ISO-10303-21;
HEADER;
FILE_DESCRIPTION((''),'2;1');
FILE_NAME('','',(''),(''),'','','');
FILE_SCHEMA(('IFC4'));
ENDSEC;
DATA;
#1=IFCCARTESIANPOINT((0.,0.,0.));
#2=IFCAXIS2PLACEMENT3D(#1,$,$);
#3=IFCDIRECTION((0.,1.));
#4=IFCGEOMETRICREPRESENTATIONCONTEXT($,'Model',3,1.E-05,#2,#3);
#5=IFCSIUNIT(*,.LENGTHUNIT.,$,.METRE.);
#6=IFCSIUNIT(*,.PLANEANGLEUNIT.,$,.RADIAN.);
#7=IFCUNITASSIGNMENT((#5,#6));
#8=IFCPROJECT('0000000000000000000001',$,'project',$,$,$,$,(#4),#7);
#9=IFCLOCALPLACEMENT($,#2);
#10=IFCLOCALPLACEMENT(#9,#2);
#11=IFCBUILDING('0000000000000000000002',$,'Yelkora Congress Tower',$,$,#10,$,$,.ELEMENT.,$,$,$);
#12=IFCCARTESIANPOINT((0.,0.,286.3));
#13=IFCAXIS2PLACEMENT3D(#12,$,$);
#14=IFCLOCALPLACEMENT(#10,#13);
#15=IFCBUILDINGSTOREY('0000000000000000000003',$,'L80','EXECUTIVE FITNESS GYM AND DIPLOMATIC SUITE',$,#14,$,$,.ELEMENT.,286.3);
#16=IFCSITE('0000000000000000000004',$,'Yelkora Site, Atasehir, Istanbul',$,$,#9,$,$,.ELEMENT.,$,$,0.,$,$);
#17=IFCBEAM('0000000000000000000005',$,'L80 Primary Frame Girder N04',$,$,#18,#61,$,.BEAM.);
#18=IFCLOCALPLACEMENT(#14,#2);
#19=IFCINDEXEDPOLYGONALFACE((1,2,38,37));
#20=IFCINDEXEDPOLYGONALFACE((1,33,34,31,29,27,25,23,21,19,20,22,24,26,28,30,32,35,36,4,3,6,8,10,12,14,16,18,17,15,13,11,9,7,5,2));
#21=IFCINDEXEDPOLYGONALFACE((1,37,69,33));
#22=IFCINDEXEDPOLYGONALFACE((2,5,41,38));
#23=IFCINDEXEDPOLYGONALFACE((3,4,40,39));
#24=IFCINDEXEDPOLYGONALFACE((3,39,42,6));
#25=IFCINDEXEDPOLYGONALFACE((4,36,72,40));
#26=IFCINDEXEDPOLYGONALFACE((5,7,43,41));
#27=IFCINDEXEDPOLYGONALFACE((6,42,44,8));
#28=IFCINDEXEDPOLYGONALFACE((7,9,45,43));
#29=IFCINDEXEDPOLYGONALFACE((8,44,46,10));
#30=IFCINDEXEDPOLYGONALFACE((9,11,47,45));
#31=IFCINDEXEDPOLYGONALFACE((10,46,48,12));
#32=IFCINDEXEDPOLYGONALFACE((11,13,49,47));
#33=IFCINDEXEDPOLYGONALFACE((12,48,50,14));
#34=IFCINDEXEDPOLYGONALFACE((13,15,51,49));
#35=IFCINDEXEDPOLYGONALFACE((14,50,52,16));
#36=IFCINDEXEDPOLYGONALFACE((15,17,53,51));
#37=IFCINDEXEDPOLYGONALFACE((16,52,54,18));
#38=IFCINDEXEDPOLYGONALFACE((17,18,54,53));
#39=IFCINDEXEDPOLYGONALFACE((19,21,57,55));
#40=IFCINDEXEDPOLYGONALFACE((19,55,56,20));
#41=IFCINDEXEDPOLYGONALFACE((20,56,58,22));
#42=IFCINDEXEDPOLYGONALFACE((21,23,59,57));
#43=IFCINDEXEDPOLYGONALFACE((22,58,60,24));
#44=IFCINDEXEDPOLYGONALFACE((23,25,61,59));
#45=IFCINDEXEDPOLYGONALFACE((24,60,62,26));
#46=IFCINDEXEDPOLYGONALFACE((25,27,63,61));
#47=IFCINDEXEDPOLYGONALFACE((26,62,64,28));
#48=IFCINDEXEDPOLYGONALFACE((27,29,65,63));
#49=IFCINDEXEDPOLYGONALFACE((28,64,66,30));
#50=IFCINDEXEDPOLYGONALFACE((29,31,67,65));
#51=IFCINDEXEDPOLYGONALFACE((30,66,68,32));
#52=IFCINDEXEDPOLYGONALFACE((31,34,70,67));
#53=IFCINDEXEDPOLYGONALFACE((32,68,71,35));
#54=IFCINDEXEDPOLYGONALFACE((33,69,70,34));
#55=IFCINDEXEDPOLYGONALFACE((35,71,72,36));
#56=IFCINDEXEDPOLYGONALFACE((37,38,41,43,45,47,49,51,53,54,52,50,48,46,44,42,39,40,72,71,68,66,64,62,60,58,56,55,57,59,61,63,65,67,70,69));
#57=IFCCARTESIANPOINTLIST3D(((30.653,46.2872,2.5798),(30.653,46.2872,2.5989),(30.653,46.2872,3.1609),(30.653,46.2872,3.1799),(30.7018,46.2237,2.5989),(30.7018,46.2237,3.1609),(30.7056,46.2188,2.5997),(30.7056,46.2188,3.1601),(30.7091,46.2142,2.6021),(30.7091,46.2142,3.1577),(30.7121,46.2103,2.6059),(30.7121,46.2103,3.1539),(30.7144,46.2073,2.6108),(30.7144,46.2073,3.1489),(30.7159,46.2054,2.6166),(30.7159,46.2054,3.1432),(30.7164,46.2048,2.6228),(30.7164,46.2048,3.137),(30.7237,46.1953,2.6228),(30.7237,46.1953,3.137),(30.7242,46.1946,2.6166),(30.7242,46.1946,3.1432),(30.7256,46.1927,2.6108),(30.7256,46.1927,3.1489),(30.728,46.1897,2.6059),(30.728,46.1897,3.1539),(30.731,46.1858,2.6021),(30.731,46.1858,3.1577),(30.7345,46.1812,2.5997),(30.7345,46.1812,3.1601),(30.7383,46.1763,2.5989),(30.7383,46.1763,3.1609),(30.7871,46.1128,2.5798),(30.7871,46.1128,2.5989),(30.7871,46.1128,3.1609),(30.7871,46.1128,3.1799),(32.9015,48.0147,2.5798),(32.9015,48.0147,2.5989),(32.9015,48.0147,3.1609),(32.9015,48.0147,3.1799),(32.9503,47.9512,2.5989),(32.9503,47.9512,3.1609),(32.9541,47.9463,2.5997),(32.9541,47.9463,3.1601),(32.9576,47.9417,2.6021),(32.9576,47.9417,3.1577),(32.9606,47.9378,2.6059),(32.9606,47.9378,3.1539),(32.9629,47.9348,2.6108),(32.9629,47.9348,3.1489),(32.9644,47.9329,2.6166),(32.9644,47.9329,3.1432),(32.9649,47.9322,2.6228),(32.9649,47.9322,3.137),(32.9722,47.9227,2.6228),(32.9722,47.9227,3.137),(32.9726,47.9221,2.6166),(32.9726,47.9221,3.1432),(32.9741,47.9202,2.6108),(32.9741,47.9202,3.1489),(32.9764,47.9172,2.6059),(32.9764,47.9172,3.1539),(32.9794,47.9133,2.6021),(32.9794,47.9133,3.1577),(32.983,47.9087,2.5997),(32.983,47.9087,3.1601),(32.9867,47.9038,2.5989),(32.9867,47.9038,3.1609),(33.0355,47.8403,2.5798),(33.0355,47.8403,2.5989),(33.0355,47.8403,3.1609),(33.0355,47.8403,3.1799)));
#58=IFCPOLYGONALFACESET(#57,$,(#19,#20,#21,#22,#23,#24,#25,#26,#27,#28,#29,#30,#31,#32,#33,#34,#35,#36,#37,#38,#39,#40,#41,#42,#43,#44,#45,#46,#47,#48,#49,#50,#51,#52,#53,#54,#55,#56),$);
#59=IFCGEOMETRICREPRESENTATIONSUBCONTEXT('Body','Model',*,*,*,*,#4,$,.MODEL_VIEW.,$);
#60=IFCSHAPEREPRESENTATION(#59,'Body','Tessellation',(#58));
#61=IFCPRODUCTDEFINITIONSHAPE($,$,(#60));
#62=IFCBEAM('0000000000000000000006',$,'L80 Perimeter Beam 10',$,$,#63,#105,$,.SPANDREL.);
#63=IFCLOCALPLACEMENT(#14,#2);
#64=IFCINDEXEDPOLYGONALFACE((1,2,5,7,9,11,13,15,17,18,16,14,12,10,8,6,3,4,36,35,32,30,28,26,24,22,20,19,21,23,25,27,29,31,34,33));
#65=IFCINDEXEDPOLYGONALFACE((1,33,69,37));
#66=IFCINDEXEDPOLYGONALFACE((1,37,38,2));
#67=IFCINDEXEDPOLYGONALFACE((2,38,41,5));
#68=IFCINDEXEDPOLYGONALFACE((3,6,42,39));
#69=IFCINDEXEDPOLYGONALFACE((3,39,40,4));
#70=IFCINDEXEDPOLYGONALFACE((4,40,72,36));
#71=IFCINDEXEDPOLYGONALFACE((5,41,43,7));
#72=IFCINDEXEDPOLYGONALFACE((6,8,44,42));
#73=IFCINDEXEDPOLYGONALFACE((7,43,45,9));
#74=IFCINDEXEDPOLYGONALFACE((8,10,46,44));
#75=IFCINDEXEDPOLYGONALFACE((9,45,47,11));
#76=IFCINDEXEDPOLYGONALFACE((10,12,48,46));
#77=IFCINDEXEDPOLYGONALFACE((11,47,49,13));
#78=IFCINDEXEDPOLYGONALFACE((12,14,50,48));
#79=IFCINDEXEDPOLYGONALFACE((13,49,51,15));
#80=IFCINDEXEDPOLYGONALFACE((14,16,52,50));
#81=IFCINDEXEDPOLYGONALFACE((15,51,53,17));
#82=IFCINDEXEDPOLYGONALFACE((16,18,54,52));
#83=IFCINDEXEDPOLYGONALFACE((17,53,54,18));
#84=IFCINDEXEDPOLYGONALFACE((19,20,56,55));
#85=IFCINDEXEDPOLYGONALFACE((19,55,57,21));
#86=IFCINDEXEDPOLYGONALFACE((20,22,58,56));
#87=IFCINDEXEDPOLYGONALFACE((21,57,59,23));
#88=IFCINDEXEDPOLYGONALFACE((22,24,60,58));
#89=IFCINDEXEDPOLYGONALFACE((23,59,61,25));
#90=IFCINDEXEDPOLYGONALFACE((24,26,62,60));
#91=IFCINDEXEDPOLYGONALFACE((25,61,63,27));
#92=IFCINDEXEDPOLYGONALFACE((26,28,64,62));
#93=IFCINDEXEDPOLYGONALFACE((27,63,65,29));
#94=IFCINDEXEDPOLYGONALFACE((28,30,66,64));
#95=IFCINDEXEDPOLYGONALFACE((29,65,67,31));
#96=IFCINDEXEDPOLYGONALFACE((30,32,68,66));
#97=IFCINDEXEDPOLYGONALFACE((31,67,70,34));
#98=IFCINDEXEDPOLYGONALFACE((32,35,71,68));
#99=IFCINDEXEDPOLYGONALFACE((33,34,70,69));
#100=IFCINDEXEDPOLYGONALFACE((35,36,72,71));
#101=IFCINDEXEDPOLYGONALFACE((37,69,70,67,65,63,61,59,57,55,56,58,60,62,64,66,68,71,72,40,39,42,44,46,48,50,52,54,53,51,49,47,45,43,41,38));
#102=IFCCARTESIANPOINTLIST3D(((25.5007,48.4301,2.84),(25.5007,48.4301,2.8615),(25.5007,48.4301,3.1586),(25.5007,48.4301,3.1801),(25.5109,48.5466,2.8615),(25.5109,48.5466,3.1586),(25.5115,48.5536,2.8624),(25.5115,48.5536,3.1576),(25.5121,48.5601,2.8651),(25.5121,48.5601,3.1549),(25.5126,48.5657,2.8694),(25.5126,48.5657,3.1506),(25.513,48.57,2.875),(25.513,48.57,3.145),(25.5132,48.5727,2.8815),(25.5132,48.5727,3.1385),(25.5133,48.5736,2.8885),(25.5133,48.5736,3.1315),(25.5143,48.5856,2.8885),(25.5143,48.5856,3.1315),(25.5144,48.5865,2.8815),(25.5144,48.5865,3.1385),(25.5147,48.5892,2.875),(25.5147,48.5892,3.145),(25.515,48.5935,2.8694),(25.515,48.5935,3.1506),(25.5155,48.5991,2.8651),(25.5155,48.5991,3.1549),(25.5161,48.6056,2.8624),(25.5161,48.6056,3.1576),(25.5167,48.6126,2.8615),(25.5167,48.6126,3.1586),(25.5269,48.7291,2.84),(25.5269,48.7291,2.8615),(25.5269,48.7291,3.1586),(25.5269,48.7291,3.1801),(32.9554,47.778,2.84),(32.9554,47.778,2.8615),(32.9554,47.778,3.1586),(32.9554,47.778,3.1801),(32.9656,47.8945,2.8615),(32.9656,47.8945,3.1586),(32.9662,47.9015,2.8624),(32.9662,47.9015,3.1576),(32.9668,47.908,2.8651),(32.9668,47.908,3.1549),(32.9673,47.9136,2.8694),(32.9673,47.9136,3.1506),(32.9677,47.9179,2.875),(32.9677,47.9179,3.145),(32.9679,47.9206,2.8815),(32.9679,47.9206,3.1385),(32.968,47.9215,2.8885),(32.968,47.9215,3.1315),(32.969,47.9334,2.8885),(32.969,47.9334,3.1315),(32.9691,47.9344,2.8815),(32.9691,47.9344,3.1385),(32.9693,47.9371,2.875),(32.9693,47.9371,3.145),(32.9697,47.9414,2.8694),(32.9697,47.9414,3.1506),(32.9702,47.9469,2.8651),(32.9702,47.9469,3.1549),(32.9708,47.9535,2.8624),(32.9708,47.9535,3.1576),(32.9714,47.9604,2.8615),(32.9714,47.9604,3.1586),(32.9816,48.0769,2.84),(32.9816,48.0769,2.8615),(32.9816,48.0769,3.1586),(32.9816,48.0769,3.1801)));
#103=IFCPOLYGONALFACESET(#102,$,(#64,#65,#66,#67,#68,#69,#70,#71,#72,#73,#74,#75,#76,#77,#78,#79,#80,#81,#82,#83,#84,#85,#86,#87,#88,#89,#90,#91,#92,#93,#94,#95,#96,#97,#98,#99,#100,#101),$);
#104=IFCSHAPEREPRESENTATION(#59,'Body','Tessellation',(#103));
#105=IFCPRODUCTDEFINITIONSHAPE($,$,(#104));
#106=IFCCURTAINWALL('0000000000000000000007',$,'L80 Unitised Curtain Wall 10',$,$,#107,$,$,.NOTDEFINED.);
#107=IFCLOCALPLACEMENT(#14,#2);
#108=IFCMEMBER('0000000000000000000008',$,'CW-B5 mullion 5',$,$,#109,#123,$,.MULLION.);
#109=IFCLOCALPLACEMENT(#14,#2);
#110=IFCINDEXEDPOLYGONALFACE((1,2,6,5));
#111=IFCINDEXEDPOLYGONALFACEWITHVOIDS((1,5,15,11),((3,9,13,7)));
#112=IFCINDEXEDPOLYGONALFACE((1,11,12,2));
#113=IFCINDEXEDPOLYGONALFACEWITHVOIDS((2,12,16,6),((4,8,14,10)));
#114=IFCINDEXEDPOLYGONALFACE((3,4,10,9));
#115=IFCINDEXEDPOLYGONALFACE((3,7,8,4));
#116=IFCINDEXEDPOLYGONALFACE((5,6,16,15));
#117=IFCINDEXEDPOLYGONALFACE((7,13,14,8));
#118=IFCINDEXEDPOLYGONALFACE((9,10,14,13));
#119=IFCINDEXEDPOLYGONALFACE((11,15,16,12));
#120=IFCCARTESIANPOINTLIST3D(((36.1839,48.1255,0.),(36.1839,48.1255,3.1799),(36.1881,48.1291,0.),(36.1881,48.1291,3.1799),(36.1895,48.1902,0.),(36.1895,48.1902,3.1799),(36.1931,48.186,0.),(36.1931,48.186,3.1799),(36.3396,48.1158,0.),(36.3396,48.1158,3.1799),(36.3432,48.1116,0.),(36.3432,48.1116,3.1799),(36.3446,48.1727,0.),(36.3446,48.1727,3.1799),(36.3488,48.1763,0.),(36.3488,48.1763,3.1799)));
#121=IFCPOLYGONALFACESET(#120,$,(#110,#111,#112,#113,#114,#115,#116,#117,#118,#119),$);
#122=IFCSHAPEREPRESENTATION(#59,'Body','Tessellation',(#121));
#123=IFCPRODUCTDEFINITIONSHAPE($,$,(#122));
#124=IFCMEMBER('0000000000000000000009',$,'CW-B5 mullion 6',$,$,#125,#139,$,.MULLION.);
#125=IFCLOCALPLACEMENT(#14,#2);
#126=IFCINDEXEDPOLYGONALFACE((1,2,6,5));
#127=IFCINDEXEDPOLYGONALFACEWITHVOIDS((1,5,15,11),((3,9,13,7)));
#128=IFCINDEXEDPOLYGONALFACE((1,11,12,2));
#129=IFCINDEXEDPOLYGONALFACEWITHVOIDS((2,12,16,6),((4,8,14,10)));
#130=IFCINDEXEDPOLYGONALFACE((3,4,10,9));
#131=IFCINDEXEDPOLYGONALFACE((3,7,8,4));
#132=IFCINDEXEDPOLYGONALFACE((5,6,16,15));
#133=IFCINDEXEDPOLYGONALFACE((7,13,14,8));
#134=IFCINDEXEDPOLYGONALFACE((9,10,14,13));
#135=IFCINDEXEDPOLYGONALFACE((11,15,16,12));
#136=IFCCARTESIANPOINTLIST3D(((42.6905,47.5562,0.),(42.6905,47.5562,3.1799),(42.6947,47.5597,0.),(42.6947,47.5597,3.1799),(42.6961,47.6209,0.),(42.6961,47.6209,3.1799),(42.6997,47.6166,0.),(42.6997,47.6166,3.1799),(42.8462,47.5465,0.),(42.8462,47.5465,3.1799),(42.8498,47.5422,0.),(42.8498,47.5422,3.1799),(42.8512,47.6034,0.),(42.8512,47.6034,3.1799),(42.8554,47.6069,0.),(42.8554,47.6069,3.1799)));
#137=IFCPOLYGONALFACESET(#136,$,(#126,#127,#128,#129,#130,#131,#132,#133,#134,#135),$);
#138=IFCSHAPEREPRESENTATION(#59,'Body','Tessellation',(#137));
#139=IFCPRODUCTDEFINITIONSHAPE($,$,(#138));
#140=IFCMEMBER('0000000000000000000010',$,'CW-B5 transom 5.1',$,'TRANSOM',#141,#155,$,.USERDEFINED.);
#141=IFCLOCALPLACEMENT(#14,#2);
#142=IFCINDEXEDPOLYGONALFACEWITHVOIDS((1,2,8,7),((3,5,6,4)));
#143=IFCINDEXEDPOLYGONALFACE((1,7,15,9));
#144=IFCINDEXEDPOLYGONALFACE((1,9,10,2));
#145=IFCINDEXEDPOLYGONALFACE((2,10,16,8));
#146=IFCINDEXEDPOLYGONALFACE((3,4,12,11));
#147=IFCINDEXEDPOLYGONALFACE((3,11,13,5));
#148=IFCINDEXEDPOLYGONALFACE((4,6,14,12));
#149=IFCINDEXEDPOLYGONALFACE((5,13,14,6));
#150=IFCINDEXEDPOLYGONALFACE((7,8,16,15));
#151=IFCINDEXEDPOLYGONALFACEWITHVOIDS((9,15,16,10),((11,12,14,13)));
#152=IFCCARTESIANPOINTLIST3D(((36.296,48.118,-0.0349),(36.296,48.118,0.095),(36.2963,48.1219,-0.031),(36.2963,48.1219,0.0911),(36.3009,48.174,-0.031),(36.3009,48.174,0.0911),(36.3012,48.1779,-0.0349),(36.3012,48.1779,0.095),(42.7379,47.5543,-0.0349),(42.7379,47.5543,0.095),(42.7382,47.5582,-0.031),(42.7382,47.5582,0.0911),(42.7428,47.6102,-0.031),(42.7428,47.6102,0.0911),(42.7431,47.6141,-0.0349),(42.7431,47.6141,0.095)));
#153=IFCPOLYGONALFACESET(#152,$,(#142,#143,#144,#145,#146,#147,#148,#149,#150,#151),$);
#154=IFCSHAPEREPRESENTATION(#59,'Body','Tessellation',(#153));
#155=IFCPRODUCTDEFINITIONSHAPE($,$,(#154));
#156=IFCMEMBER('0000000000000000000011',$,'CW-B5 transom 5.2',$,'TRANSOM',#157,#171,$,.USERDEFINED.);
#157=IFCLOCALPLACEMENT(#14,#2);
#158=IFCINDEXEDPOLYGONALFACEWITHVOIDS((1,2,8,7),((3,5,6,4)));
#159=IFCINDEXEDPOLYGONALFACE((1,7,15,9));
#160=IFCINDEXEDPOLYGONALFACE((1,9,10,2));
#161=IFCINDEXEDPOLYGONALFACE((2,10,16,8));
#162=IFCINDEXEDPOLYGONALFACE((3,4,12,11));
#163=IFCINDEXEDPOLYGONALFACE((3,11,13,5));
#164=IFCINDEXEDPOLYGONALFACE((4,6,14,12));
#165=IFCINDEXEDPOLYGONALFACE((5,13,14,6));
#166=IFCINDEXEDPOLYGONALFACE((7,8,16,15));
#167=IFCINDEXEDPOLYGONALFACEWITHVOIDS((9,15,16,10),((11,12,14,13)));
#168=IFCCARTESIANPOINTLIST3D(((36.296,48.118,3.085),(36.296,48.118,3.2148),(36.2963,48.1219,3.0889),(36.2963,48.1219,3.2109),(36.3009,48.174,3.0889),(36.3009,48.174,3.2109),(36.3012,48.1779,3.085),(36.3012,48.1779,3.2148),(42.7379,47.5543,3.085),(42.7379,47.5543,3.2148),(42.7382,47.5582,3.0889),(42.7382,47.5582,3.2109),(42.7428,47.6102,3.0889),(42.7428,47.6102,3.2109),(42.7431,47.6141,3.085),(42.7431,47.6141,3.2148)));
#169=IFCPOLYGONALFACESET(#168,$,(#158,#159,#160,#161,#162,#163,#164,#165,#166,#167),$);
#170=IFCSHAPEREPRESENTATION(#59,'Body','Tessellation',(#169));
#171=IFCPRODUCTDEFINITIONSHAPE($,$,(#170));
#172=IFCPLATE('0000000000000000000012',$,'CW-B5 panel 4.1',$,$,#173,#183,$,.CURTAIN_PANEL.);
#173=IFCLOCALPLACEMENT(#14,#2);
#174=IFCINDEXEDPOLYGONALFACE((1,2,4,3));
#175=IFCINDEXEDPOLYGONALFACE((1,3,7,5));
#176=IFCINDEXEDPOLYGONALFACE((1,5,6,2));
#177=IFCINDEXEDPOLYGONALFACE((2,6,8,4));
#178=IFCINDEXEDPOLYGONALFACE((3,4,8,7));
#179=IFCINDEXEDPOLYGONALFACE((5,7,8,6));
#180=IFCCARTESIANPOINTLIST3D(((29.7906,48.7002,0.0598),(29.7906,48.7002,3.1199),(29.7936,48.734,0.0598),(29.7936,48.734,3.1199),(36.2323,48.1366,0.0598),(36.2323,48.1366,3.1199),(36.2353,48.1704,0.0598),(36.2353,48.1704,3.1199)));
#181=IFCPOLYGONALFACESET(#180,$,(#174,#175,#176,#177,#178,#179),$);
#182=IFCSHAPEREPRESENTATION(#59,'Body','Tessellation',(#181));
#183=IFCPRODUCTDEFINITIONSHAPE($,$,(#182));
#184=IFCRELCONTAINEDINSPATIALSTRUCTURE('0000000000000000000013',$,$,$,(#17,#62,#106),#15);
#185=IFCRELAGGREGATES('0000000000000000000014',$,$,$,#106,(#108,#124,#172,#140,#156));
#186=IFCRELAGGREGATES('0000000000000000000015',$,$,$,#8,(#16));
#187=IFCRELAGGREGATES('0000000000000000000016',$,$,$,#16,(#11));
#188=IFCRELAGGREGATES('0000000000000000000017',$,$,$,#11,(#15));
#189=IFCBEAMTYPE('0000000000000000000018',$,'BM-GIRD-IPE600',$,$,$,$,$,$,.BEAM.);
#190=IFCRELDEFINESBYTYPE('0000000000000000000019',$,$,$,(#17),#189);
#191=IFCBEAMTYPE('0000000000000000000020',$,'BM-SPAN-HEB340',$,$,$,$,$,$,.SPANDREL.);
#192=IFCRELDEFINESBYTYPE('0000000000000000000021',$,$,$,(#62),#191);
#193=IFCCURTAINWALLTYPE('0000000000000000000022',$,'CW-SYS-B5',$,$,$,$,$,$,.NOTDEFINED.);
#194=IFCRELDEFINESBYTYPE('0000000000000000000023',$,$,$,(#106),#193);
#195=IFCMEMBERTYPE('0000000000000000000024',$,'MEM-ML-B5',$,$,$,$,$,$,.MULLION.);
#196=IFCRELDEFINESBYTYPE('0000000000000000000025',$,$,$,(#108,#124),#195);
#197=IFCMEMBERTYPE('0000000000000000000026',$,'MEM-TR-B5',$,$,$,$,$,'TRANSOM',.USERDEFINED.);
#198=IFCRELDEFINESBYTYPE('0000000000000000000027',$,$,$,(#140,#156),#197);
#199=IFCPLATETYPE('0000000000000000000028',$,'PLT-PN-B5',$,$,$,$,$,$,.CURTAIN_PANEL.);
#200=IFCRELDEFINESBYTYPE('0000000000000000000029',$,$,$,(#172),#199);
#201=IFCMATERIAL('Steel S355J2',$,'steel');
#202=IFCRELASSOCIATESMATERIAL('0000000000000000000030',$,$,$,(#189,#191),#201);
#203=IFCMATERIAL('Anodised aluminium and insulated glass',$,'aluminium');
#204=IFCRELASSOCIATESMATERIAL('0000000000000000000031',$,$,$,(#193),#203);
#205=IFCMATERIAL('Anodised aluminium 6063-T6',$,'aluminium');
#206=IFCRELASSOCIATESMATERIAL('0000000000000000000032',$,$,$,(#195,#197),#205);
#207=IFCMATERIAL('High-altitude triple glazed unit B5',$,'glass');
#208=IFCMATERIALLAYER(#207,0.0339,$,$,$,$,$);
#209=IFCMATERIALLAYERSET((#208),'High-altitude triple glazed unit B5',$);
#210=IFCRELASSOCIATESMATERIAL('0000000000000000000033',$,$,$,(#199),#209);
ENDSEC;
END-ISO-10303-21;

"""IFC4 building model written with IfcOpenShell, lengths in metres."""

from ifc_helpers import new_model, si_unit, direction, frame, origin, origin_2d, place, context, subcontext, project, spatial, rectangle, hollow_rectangle, i_section, extrude, material, layer, layer_set, material_profile, profile_set, type_object, element, aggregate, save


model = new_model("IFC4")

# Units and contexts
model_context = context("Model", 3, precision=1e-05, world=origin(), true_north=direction((0.0, 1.0)))
body_context = subcontext(model_context, "Body", "Model", "MODEL_VIEW")
ifc_project = project(units=[si_unit("LENGTHUNIT", "METRE"), si_unit("PLANEANGLEUNIT", "RADIAN")], contexts=[model_context])

# Site, building, storey
site_placement = place(None, origin())
site = spatial("IfcSite", under=ifc_project, at=site_placement, Name="Yelkora Site, Atasehir, Istanbul", CompositionType="ELEMENT", RefElevation=0.0)
building_placement = place(site_placement, origin())
building = spatial("IfcBuilding", under=site, at=building_placement, Name="Yelkora Congress Tower", CompositionType="ELEMENT")
storey_placement = place(building_placement, frame((0.0, 0.0, 286.3)))
storey = spatial("IfcBuildingStorey", under=building, at=storey_placement, Name="L80", Description="EXECUTIVE FITNESS GYM AND DIPLOMATIC SUITE", CompositionType="ELEMENT", Elevation=286.3)

# Shared definitions
ifc_material_1 = material(Name="Steel S355J2", Category="steel")

# Beams
ifc_material_profile_1 = material_profile(ifc_material_1, i_section(OverallWidth=0.22, OverallDepth=0.6001, WebThickness=0.012, FlangeThickness=0.019, FilletRadius=0.0239, at=origin_2d()), Name="IPE 600")
ifc_profile_set_1 = profile_set([ifc_material_profile_1], Name="Steel S355J2")
beam_type_1 = type_object("IfcBeamType", Name="BM-GIRD-IPE600", PredefinedType="BEAM", material=ifc_profile_set_1)
beam_1_placement = place(storey_placement, frame((32.9685, 47.9275, 2.8799), z_axis=(-0.792982, -0.609245, 0.0), x_axis=(0.609245, -0.792982, 0.0)))
element("IfcBeam", 1, at=beam_1_placement, inside=storey, type_object=beam_type_1, Name="L80 Primary Frame Girder N04", PredefinedType="BEAM", context=body_context, shape_type="SweptSolid", body=[
    extrude(i_section(OverallWidth=0.22, OverallDepth=0.6001, WebThickness=0.012, FlangeThickness=0.019, FilletRadius=0.0239, at=origin_2d()), origin(), (0.0, 0.0, 1.0), 2.8354),
])
ifc_material_profile_2 = material_profile(ifc_material_1, i_section(OverallWidth=0.3, OverallDepth=0.3401, WebThickness=0.012, FlangeThickness=0.0215, FilletRadius=0.0271, at=origin_2d()), Name="HEB 340")
ifc_profile_set_2 = profile_set([ifc_material_profile_2], Name="Steel S355J2")
beam_type_2 = type_object("IfcBeamType", Name="BM-SPAN-HEB340", PredefinedType="SPANDREL", material=ifc_profile_set_2)
beam_2_placement = place(storey_placement, frame((32.9685, 47.9275, 3.01), z_axis=(-0.996196, 0.087143, 0.0), x_axis=(-0.087143, -0.996196, 0.0)))
element("IfcBeam", 2, at=beam_2_placement, inside=storey, type_object=beam_type_2, Name="L80 Perimeter Beam 10", PredefinedType="SPANDREL", context=body_context, shape_type="SweptSolid", body=[
    extrude(i_section(OverallWidth=0.3, OverallDepth=0.3401, WebThickness=0.012, FlangeThickness=0.0215, FilletRadius=0.0271, at=origin_2d()), origin(), (0.0, 0.0, 1.0), 7.4832),
])

# Curtain wall, members, plate
ifc_material_2 = material(Name="Anodised aluminium and insulated glass", Category="aluminium")
curtain_wall_type = type_object("IfcCurtainWallType", Name="CW-SYS-B5", PredefinedType="NOTDEFINED", material=ifc_material_2)
curtain_wall_placement = place(storey_placement, origin())
curtain_wall = element("IfcCurtainWall", 3, at=curtain_wall_placement, inside=storey, type_object=curtain_wall_type, Name="L80 Unitised Curtain Wall 10", PredefinedType="NOTDEFINED")
ifc_material_3 = material(Name="Anodised aluminium 6063-T6", Category="aluminium")
ifc_material_profile_3 = material_profile(ifc_material_3, hollow_rectangle(XDim=0.0649, YDim=0.1599, WallThickness=0.0039, at=origin_2d()), Name="ALU 65x160x4")
ifc_profile_set_3 = profile_set([ifc_material_profile_3], Name="Anodised aluminium 6063-T6")
member_type_1 = type_object("IfcMemberType", Name="MEM-ML-B5", PredefinedType="MULLION", material=ifc_profile_set_3)
member_1_placement = place(storey_placement, frame((36.2664, 48.1509, 0.0), z_axis=(0.0, 0.0, 1.0), x_axis=(0.087157, 0.996195, 0.0)))
member_1 = element("IfcMember", 4, at=member_1_placement, type_object=member_type_1, Name="CW-B5 mullion 5", PredefinedType="MULLION", context=body_context, shape_type="SweptSolid", body=[
    extrude(hollow_rectangle(XDim=0.0649, YDim=0.1599, WallThickness=0.0039, at=origin_2d()), origin(), (0.0, 0.0, 1.0), 3.1799),
])
member_2_placement = place(storey_placement, frame((42.7729, 47.5815, 0.0), z_axis=(0.0, 0.0, 1.0), x_axis=(0.087157, 0.996195, 0.0)))
member_2 = element("IfcMember", 5, at=member_2_placement, type_object=member_type_1, Name="CW-B5 mullion 6", PredefinedType="MULLION", context=body_context, shape_type="SweptSolid", body=[
    extrude(hollow_rectangle(XDim=0.0649, YDim=0.1599, WallThickness=0.0039, at=origin_2d()), origin(), (0.0, 0.0, 1.0), 3.1799),
])
ifc_material_profile_4 = material_profile(ifc_material_3, hollow_rectangle(XDim=0.0601, YDim=0.1299, WallThickness=0.0039, at=origin_2d()), Name="ALU 60x130x4")
ifc_profile_set_4 = profile_set([ifc_material_profile_4], Name="Anodised aluminium 6063-T6")
member_type_2 = type_object("IfcMemberType", Name="MEM-TR-B5", ElementType="TRANSOM", PredefinedType="USERDEFINED", material=ifc_profile_set_4)
member_3_placement = place(storey_placement, frame((36.2986, 48.1479, 0.03), z_axis=(0.996193, -0.087175, 0.0), x_axis=(0.087175, 0.996193, 0.0)))
member_3 = element("IfcMember", 6, at=member_3_placement, type_object=member_type_2, Name="CW-B5 transom 5.1", ObjectType="TRANSOM", PredefinedType="USERDEFINED", context=body_context, shape_type="SweptSolid", body=[
    extrude(hollow_rectangle(XDim=0.0601, YDim=0.1299, WallThickness=0.0039, at=origin_2d()), origin(), (0.0, 0.0, 1.0), 6.4666),
])
member_4_placement = place(storey_placement, frame((36.2986, 48.1479, 3.1499), z_axis=(0.996193, -0.087175, 0.0), x_axis=(0.087175, 0.996193, 0.0)))
member_4 = element("IfcMember", 7, at=member_4_placement, type_object=member_type_2, Name="CW-B5 transom 5.2", ObjectType="TRANSOM", PredefinedType="USERDEFINED", context=body_context, shape_type="SweptSolid", body=[
    extrude(hollow_rectangle(XDim=0.0601, YDim=0.1299, WallThickness=0.0039, at=origin_2d()), origin(), (0.0, 0.0, 1.0), 6.4666),
])
ifc_material_4 = material(Name="High-altitude triple glazed unit B5", Category="glass")
ifc_layer_1 = layer(ifc_material_4, 0.0339)
ifc_layer_set_1 = layer_set([ifc_layer_1], Name="High-altitude triple glazed unit B5")
plate_type = type_object("IfcPlateType", Name="PLT-PN-B5", PredefinedType="CURTAIN_PANEL", material=ifc_layer_set_1)
plate_1_placement = place(storey_placement, frame((33.0129, 48.4353, 0.0598), z_axis=(0.0, 0.0, 1.0), x_axis=(0.996195, -0.087157, 0.0)))
plate_1 = element("IfcPlate", 8, at=plate_1_placement, type_object=plate_type, Name="CW-B5 panel 4.1", PredefinedType="CURTAIN_PANEL", context=body_context, shape_type="SweptSolid", body=[
    extrude(rectangle(XDim=6.4663, YDim=0.0339, at=origin_2d()), origin(), (0.0, 0.0, 1.0), 3.0601),
])
aggregate(curtain_wall, [member_1, member_2, plate_1, member_3, member_4])

save(model, "model.ifc")
